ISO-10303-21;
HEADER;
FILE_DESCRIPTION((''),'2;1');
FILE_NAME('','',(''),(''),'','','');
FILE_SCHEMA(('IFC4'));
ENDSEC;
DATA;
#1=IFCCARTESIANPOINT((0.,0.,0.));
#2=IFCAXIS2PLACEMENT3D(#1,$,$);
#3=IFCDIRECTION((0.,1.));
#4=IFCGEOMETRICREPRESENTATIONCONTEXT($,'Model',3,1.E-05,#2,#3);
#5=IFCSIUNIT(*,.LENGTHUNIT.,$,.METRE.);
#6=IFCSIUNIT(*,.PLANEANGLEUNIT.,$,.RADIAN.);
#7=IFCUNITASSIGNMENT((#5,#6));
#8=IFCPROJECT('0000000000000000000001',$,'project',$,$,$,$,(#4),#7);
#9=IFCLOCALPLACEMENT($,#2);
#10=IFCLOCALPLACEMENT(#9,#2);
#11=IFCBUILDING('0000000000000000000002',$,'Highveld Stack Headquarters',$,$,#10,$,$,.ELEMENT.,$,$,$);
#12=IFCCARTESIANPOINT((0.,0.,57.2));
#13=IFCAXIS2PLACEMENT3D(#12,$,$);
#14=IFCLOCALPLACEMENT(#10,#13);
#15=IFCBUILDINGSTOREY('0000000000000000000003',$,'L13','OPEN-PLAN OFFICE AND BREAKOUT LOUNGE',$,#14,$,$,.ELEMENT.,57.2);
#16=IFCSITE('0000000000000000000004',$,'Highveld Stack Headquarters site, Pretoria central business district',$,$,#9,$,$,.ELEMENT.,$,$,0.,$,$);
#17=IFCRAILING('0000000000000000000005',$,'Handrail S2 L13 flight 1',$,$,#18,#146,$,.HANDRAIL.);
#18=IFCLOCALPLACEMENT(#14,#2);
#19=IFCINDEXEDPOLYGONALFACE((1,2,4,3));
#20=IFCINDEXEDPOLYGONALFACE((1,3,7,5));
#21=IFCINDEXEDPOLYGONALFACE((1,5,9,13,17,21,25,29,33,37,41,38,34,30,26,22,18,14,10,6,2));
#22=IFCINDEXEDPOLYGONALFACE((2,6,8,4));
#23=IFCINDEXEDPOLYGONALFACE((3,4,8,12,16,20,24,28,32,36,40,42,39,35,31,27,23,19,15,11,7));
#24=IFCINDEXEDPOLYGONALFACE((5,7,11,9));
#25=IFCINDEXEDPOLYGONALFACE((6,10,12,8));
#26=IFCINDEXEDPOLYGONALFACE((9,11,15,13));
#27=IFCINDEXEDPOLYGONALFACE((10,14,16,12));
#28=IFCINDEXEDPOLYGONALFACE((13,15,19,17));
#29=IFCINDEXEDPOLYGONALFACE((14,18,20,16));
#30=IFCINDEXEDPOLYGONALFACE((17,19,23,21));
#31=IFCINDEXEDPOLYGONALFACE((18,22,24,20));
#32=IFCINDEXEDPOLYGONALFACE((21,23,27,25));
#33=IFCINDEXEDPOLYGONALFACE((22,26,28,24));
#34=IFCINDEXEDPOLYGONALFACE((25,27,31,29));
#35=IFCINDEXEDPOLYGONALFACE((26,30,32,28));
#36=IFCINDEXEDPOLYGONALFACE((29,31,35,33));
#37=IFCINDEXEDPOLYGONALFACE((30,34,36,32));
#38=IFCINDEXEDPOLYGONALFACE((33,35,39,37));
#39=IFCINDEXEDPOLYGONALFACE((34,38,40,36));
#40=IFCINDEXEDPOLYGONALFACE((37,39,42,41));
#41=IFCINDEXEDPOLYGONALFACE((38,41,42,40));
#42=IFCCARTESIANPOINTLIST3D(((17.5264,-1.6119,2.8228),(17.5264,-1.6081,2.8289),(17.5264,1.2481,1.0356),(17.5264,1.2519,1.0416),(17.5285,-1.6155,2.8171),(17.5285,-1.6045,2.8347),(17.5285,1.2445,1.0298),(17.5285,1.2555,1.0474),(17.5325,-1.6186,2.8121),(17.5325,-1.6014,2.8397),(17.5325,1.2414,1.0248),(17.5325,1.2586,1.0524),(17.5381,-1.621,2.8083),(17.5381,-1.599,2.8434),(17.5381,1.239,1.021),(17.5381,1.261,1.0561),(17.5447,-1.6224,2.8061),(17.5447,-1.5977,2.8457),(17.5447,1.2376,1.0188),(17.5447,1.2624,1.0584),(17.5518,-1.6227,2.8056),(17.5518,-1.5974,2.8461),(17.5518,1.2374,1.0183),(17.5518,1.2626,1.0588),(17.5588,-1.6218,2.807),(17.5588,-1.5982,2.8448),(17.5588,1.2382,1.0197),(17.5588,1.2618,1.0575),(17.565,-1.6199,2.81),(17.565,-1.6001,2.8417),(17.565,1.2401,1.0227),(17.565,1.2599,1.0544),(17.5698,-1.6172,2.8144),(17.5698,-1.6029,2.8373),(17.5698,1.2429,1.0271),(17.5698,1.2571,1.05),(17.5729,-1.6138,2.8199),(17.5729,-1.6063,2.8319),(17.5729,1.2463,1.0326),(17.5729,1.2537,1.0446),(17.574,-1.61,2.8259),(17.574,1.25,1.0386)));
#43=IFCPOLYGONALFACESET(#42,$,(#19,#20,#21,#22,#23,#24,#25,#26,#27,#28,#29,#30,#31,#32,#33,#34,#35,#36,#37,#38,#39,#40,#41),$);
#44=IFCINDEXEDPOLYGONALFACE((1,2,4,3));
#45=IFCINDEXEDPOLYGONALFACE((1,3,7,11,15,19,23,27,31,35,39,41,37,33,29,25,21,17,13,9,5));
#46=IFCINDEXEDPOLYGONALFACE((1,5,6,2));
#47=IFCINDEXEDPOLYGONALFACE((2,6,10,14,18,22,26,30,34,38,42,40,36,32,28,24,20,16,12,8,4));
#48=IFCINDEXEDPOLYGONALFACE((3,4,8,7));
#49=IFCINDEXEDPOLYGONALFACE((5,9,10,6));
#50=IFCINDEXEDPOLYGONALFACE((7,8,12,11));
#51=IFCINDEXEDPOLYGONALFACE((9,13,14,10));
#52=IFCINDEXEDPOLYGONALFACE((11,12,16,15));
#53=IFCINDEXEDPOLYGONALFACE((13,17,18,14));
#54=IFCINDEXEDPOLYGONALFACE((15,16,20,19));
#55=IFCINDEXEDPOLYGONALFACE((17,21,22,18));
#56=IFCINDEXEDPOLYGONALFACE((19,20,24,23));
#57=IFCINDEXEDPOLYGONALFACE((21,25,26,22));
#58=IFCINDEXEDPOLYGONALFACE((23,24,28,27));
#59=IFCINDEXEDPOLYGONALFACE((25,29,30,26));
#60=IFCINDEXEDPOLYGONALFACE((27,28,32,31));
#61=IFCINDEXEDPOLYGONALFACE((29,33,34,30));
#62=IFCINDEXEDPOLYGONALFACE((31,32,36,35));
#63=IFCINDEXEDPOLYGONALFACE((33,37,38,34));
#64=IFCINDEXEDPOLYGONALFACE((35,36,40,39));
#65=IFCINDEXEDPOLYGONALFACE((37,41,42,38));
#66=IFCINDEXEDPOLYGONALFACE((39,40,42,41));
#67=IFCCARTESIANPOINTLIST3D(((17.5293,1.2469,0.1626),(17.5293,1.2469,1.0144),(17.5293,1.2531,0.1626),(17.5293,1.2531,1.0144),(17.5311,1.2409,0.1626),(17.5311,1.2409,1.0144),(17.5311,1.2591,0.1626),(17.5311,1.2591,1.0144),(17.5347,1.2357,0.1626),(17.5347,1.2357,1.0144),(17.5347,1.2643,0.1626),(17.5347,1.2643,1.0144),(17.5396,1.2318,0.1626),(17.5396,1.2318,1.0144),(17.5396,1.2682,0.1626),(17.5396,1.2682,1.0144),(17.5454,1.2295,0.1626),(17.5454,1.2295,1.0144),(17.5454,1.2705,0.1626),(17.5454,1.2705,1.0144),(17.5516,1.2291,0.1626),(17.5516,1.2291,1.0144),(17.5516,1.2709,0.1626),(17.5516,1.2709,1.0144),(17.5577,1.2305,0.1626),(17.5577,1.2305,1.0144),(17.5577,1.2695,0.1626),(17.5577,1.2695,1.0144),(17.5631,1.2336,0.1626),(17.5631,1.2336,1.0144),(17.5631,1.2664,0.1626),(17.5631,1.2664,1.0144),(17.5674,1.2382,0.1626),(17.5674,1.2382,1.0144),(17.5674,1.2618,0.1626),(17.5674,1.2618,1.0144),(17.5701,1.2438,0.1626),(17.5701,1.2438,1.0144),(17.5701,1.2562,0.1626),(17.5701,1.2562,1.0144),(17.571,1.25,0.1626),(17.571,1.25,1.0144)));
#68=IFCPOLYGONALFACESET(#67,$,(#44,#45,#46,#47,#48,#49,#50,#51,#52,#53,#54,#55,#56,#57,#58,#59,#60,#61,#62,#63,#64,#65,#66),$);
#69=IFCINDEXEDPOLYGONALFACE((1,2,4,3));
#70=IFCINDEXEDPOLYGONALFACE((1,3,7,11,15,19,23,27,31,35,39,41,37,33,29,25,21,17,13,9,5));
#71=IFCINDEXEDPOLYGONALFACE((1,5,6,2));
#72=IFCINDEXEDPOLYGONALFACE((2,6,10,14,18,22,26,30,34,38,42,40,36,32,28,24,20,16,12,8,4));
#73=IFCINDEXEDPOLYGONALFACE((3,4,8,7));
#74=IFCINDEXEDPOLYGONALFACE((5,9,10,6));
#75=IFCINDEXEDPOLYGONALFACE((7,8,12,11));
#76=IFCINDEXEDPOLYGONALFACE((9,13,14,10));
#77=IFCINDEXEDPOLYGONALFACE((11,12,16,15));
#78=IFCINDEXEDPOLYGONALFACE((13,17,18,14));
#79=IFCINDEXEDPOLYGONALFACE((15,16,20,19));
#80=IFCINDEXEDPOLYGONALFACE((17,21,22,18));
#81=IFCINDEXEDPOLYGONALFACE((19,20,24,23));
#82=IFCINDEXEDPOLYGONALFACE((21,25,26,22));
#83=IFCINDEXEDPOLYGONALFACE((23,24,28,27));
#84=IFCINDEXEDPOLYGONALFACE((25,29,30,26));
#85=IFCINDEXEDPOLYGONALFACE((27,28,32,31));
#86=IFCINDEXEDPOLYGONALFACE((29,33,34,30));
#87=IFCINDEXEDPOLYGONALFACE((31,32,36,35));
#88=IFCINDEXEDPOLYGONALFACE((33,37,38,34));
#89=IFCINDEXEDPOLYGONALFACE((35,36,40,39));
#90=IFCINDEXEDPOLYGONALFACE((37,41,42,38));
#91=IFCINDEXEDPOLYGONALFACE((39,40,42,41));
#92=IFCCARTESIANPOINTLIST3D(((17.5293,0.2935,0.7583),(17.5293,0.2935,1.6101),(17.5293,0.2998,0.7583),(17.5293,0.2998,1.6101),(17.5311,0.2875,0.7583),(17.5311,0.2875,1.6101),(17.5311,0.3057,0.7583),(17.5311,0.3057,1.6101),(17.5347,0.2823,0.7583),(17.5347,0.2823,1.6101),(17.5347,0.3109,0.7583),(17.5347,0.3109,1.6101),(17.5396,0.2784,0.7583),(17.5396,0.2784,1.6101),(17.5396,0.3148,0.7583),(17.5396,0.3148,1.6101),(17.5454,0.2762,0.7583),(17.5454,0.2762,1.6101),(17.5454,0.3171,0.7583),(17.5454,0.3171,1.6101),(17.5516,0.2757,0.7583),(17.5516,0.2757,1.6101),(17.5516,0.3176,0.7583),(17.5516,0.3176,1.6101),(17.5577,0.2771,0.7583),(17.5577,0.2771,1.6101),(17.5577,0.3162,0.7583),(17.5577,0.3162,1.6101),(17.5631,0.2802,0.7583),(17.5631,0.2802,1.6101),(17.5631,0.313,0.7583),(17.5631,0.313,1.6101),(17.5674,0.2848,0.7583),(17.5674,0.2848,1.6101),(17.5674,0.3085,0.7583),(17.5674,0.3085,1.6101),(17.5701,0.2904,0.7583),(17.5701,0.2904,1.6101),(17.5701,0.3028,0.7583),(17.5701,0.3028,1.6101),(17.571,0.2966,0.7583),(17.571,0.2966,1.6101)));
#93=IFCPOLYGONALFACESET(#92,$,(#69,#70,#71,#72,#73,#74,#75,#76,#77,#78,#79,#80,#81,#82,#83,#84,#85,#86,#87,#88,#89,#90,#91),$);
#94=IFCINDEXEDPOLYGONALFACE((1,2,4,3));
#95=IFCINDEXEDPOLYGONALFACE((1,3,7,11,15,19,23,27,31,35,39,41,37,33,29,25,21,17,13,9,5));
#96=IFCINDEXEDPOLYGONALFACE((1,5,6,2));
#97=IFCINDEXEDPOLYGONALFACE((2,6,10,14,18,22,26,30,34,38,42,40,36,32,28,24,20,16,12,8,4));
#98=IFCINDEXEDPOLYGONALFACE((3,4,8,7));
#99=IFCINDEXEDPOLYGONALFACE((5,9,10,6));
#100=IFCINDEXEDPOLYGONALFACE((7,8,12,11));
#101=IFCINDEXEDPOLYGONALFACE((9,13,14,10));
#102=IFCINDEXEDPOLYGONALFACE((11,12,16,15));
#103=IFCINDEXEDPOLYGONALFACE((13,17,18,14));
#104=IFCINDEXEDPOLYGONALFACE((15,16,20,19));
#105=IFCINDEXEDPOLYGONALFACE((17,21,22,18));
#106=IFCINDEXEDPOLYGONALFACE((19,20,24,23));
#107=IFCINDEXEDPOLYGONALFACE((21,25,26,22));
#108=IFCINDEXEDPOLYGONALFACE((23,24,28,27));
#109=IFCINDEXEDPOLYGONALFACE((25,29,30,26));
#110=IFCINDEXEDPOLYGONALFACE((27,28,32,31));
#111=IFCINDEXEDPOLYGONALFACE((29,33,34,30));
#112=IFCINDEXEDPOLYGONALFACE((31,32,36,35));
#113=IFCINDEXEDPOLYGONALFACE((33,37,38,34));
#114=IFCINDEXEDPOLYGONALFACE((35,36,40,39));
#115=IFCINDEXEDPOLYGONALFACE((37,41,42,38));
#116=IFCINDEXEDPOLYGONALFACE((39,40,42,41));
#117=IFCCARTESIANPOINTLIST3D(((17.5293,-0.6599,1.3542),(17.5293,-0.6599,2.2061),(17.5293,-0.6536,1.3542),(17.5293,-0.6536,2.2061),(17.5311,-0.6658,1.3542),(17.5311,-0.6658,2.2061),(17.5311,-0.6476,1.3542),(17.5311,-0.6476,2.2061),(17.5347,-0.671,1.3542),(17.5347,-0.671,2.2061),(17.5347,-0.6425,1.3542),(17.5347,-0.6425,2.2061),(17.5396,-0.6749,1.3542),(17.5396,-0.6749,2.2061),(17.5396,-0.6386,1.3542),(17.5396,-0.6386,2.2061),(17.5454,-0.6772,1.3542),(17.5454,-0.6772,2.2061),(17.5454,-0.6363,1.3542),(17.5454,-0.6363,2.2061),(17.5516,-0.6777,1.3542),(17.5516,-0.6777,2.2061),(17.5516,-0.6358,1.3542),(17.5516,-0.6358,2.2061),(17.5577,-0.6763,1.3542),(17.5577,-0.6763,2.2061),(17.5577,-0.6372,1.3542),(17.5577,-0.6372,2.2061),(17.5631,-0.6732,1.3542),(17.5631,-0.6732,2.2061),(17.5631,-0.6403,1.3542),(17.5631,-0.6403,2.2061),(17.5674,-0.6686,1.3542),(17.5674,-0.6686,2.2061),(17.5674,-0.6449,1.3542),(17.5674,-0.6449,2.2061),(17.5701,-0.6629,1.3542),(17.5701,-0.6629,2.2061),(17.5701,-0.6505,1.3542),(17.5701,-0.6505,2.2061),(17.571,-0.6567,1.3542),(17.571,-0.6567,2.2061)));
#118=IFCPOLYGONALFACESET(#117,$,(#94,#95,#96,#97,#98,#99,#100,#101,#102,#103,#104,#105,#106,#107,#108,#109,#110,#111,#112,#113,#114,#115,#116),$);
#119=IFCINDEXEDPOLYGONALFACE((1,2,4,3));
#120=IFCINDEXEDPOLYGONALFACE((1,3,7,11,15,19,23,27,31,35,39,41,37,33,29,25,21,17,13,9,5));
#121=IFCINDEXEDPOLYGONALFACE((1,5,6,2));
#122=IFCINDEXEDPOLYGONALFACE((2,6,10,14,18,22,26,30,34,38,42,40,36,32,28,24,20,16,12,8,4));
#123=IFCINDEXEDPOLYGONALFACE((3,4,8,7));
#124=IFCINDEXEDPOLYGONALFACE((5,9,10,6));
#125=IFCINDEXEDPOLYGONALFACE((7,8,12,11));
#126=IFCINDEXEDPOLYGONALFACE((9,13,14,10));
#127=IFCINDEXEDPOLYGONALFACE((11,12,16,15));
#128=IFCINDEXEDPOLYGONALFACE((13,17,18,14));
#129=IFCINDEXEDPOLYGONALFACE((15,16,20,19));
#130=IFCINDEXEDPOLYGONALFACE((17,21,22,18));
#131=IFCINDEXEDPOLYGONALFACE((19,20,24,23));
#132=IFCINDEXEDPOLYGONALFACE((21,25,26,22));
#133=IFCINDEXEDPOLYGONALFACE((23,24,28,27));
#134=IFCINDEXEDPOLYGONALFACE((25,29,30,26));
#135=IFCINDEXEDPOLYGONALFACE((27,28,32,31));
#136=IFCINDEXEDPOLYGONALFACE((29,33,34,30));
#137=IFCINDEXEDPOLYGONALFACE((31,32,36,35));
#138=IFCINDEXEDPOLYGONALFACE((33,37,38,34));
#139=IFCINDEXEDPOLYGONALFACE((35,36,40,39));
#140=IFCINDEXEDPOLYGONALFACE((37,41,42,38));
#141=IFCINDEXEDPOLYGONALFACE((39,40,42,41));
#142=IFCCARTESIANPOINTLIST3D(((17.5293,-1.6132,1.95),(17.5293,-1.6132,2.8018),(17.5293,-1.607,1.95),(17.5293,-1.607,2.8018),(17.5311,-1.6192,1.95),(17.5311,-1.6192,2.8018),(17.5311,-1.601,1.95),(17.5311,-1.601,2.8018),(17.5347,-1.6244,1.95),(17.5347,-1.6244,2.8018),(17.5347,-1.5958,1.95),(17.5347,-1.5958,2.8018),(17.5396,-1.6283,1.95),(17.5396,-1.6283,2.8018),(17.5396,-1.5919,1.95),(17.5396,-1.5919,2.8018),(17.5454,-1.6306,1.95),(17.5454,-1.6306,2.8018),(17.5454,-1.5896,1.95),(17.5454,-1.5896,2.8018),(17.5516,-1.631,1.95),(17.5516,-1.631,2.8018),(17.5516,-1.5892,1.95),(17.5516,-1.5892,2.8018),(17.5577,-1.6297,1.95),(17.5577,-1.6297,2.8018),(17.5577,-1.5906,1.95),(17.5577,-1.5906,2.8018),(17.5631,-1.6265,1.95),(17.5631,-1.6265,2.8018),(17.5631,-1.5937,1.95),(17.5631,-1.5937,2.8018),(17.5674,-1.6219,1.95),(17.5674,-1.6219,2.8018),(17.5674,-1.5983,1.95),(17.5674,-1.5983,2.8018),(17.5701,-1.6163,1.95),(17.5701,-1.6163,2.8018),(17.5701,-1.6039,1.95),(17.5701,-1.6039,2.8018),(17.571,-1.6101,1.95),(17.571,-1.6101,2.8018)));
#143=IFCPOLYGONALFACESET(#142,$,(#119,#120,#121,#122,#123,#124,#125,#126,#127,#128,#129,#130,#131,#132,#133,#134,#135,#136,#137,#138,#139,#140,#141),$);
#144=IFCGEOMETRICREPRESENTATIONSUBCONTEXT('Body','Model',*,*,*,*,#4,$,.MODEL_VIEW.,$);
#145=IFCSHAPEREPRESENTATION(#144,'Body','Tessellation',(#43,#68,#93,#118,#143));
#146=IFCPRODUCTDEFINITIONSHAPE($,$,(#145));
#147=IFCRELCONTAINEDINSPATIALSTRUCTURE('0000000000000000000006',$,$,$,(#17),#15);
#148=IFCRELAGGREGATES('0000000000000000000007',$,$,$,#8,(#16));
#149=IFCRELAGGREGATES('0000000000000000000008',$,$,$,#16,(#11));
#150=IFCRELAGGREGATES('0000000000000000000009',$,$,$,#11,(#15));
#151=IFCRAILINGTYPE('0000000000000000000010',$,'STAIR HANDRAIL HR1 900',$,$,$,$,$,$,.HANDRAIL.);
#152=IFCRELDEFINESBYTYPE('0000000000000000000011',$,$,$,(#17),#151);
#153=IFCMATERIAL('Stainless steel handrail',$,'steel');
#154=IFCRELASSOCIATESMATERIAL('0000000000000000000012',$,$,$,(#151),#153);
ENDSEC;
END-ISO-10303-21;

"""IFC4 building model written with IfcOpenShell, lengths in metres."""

from ifc_helpers import new_model, si_unit, direction, frame, origin, origin_2d, place, context, subcontext, project, spatial, circle, extrude, material, type_object, element, save


model = new_model("IFC4")

# Units and contexts
model_context = context("Model", 3, precision=1e-05, world=origin(), true_north=direction((0.0, 1.0)))
body_context = subcontext(model_context, "Body", "Model", "MODEL_VIEW")
ifc_project = project(units=[si_unit("LENGTHUNIT", "METRE"), si_unit("PLANEANGLEUNIT", "RADIAN")], contexts=[model_context])

# Site, building, storey
site_placement = place(None, origin())
site = spatial("IfcSite", under=ifc_project, at=site_placement, Name="Highveld Stack Headquarters site, Pretoria central business district", CompositionType="ELEMENT", RefElevation=0.0)
building_placement = place(site_placement, origin())
building = spatial("IfcBuilding", under=site, at=building_placement, Name="Highveld Stack Headquarters", CompositionType="ELEMENT")
storey_placement = place(building_placement, frame((0.0, 0.0, 57.2)))
storey = spatial("IfcBuildingStorey", under=building, at=storey_placement, Name="L13", Description="OPEN-PLAN OFFICE AND BREAKOUT LOUNGE", CompositionType="ELEMENT", Elevation=57.2)

# Railing
ifc_material_1 = material(Name="Stainless steel handrail", Category="steel")
railing_type = type_object("IfcRailingType", Name="STAIR HANDRAIL HR1 900", PredefinedType="HANDRAIL", material=ifc_material_1)
for number, where, name in (
    (1, (17.55, 1.25, 0.1626), "Handrail S2 L13 flight 1"),
):
    element("IfcRailing", number, at=place(storey_placement, frame(where)), inside=storey, type_object=railing_type, Name=name, PredefinedType="HANDRAIL", context=body_context, shape_type="SweptSolid", body=[
        extrude(circle(Radius=0.0239, at=origin_2d()), frame((0.0, 0.0, 0.876), z_axis=(0.0, -0.848027, 0.529953), x_axis=(1.0, 0.0, 0.0)), (0.0, 0.0, 1.0), 3.3726),
        extrude(circle(Radius=0.021, at=origin_2d()), origin(), (0.0, 0.0, 1.0), 0.8518),
        extrude(circle(Radius=0.021, at=origin_2d()), frame((0.0, -0.9534, 0.5957)), (0.0, 0.0, 1.0), 0.8518),
        extrude(circle(Radius=0.021, at=origin_2d()), frame((0.0, -1.9067, 1.1917)), (0.0, 0.0, 1.0), 0.8518),
        extrude(circle(Radius=0.021, at=origin_2d()), frame((0.0, -2.8601, 1.7874)), (0.0, 0.0, 1.0), 0.8518),
    ])

save(model, "model.ifc")
